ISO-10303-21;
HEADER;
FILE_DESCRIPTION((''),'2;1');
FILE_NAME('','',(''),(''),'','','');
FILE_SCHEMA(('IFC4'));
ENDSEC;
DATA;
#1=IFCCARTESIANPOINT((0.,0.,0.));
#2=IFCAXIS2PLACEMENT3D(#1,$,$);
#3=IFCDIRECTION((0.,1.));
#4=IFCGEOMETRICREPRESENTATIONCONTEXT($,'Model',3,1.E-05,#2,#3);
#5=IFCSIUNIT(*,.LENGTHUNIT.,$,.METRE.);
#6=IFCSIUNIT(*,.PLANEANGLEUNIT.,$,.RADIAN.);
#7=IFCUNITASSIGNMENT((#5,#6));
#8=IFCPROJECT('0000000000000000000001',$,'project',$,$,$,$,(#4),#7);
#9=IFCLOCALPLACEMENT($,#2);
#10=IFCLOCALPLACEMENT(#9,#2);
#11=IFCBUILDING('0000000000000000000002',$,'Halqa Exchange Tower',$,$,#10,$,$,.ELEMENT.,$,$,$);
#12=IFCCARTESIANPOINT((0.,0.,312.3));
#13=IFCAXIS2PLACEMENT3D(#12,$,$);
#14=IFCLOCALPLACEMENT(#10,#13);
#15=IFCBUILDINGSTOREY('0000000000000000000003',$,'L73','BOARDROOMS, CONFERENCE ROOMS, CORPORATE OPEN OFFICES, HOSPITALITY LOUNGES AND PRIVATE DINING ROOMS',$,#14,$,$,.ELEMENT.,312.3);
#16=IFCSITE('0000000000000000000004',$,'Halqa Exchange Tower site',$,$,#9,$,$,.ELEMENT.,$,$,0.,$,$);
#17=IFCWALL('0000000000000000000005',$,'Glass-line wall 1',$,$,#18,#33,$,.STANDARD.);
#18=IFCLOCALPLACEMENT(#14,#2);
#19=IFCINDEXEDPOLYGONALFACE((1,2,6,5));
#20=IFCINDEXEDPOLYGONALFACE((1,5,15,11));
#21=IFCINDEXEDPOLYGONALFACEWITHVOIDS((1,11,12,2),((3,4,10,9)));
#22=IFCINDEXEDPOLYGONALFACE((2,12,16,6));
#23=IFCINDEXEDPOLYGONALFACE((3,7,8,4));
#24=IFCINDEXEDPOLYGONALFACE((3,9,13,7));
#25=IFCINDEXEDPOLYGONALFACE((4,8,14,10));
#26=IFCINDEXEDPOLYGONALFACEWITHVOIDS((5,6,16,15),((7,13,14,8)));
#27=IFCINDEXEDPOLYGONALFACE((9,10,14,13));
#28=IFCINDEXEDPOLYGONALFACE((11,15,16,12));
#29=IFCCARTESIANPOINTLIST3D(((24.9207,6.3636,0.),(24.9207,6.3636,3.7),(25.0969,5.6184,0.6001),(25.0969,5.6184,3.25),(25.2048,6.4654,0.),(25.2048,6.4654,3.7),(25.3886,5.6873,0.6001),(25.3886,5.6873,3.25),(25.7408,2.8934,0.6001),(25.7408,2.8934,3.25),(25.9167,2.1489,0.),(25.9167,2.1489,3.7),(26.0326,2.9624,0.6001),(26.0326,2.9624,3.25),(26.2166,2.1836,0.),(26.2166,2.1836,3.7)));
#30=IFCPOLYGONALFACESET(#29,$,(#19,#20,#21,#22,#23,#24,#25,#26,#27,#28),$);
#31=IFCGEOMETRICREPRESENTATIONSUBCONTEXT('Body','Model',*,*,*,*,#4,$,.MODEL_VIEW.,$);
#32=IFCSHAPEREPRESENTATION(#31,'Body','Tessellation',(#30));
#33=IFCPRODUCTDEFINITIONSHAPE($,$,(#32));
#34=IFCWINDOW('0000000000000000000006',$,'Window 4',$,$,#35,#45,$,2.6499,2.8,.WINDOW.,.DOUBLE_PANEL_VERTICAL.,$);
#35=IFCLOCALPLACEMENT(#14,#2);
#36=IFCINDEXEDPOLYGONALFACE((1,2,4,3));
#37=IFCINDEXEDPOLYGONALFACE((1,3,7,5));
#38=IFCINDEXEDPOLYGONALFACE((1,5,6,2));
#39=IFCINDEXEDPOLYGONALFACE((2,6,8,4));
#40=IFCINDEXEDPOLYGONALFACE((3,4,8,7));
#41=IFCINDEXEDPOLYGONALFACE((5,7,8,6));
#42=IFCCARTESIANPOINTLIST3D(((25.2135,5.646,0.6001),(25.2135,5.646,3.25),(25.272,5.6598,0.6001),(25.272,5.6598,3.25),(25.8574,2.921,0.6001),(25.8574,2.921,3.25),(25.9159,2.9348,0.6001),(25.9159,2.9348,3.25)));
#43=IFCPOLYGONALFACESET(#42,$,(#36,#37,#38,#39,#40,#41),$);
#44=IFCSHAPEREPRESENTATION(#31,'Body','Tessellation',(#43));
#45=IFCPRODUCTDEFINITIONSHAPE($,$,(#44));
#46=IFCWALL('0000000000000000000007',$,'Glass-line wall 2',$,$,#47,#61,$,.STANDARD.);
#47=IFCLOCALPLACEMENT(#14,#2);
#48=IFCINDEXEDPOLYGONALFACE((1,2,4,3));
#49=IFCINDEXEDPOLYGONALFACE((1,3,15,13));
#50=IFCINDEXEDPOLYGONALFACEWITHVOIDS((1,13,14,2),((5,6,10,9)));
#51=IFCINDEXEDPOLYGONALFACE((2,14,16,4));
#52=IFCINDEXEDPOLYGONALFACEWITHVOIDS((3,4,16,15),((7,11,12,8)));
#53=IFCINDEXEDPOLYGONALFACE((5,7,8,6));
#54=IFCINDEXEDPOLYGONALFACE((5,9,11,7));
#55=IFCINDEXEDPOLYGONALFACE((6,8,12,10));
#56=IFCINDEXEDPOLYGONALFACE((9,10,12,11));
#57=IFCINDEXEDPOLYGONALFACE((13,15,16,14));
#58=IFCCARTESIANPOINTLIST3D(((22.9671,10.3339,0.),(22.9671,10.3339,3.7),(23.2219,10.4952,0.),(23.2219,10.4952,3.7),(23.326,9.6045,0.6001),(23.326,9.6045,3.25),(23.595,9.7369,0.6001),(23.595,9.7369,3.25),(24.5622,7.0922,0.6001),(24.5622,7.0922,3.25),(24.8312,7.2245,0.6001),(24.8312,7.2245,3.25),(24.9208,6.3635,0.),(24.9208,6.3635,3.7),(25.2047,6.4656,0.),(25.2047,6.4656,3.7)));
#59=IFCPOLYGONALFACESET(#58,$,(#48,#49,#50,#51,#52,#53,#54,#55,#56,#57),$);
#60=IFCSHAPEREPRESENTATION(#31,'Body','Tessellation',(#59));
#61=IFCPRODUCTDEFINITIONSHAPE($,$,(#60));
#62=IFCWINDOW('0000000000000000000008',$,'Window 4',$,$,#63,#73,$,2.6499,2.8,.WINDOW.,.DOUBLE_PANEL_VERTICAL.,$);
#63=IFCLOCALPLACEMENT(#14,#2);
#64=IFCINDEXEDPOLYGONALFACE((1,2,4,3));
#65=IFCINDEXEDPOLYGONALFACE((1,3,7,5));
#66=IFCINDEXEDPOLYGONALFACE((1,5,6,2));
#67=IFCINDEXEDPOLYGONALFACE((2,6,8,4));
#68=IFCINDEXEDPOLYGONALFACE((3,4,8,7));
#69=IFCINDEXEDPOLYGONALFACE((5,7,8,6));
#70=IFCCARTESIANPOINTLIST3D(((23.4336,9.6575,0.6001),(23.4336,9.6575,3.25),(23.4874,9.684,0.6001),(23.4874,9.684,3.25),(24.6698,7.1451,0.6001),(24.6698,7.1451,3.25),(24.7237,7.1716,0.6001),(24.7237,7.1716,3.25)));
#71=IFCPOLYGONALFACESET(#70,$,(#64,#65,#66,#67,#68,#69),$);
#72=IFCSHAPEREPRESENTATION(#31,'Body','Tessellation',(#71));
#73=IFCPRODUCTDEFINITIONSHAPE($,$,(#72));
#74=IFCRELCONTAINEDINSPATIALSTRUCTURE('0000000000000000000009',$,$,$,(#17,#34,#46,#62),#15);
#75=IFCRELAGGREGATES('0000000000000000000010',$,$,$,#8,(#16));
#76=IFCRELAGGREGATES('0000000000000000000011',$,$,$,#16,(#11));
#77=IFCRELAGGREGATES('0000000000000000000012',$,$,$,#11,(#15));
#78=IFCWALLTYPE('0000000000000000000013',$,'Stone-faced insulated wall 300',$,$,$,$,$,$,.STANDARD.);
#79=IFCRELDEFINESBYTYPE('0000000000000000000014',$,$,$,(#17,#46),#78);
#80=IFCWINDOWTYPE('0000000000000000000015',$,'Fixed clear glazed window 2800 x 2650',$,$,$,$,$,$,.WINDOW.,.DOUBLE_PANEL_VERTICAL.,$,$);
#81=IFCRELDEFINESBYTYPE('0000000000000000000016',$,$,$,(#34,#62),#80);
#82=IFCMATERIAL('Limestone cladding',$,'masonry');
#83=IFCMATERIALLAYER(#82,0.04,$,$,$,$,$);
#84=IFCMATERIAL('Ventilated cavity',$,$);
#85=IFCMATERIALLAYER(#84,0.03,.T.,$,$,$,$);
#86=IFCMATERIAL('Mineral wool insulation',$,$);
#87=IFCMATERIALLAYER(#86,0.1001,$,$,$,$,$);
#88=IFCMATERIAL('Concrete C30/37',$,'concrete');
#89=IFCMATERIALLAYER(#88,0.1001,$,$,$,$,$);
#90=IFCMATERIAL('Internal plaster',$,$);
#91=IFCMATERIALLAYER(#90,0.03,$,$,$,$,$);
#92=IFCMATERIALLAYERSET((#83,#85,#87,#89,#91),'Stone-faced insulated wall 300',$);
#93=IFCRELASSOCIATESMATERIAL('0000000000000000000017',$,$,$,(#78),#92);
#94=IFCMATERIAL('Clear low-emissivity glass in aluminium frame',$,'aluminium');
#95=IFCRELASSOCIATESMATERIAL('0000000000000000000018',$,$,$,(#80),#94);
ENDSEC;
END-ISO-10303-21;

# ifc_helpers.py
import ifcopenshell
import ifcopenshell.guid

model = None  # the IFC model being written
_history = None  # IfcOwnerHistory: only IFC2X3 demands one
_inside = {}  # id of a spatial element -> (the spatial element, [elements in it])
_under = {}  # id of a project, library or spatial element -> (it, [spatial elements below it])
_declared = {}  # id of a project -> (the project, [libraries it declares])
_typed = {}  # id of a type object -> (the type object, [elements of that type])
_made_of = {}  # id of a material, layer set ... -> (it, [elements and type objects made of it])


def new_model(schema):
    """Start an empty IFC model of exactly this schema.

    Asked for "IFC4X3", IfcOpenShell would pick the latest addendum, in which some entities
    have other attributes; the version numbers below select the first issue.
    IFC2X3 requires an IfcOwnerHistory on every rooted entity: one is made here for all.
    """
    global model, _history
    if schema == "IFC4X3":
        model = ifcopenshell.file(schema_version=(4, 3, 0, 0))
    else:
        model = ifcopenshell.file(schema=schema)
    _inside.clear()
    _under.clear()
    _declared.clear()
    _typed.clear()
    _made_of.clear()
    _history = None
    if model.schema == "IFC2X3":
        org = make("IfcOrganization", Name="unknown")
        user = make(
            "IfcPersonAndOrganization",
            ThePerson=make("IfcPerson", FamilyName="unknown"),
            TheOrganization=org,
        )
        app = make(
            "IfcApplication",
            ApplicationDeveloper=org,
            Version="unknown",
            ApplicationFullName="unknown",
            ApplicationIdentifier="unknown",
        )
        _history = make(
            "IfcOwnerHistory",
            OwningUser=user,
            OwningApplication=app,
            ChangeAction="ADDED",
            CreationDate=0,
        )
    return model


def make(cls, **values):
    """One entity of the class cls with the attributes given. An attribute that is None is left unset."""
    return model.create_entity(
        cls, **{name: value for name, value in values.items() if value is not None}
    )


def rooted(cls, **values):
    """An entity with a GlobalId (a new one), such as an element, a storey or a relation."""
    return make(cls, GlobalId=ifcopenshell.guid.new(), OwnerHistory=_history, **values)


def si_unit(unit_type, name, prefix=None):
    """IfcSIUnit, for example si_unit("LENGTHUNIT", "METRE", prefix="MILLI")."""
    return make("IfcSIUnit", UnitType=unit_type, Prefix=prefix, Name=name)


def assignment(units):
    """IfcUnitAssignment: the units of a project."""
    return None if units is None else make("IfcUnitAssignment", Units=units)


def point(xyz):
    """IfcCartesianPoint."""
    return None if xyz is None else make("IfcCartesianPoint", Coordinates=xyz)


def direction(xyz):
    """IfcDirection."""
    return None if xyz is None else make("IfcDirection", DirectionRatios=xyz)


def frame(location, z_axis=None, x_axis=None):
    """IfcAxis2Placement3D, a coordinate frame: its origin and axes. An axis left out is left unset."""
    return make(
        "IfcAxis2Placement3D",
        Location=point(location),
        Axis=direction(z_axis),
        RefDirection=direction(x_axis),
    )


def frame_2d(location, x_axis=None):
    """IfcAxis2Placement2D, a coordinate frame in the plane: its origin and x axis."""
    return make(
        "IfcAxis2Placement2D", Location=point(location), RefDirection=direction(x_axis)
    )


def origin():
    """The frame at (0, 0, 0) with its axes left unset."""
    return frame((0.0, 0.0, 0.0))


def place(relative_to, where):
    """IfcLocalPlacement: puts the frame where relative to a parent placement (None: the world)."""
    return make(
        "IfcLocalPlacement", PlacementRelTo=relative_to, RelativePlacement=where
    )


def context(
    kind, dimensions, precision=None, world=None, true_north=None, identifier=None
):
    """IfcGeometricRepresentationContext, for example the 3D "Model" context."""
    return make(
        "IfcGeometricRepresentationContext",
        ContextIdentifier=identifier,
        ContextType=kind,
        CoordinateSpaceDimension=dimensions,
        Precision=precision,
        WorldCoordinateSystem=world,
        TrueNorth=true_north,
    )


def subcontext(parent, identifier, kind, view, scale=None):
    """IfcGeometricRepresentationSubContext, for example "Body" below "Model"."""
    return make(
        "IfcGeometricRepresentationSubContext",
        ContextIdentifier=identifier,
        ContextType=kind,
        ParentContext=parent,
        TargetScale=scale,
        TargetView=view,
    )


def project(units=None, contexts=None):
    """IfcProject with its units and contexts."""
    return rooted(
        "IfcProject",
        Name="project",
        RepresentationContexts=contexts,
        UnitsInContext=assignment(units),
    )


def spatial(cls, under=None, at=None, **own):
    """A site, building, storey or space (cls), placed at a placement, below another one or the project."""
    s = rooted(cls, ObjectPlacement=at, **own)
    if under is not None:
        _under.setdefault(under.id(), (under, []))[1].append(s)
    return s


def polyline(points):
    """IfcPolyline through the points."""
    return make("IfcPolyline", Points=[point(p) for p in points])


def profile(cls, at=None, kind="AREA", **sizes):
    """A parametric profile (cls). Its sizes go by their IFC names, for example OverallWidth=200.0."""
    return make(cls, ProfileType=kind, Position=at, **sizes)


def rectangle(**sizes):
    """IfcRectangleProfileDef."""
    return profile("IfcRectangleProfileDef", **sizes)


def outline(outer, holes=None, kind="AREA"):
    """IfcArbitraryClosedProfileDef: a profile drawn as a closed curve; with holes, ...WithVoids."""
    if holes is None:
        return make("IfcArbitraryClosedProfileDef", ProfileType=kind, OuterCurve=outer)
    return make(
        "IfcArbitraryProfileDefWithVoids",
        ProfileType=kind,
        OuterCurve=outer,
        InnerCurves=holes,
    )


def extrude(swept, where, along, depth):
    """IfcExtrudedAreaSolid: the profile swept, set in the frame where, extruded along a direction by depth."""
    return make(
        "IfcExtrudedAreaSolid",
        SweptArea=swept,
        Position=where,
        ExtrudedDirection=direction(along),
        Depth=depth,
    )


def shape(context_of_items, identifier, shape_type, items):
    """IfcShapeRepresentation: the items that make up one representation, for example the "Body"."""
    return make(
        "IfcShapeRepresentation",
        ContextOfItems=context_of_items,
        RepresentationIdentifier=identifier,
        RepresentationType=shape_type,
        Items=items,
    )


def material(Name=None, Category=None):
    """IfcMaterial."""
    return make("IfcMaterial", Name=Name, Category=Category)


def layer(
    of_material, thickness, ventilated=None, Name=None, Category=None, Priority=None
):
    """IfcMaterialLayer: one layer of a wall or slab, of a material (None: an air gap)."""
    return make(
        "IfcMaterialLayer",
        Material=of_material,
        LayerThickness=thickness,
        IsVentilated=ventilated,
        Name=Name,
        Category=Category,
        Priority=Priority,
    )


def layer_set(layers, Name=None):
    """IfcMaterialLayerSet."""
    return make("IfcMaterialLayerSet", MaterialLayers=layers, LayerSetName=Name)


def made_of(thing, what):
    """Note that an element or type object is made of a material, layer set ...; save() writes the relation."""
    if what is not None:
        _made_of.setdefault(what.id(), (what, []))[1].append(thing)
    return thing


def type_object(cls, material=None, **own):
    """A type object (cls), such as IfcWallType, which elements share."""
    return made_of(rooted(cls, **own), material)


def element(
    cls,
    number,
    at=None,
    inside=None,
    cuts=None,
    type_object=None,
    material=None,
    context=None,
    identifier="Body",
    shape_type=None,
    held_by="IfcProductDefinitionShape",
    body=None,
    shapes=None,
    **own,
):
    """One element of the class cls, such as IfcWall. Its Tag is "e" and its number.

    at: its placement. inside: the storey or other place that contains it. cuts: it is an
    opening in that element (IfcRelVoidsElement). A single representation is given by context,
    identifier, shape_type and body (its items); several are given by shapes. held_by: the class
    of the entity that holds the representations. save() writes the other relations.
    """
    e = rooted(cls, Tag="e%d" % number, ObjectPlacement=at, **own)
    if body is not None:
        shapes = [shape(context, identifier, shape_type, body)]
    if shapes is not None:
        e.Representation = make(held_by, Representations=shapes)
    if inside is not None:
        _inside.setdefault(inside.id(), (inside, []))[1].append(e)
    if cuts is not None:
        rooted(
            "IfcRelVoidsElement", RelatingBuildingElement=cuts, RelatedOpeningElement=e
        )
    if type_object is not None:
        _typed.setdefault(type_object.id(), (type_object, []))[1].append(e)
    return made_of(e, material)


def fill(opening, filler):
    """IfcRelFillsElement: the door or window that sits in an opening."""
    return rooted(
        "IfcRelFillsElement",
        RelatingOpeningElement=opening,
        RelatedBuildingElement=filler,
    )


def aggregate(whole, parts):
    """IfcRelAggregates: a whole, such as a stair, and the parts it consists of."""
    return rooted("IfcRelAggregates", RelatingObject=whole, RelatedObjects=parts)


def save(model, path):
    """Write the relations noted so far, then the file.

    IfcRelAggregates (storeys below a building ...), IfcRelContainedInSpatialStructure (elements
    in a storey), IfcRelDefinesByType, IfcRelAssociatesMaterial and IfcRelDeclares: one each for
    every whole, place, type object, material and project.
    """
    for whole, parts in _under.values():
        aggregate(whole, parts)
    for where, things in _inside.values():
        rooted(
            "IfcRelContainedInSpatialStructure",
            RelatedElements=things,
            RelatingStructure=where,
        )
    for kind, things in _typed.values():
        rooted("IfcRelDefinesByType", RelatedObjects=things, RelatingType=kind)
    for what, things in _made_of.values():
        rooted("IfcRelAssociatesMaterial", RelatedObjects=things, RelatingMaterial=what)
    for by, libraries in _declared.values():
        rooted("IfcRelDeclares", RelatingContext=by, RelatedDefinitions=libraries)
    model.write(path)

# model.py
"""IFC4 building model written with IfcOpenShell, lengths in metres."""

from ifc_helpers import new_model, si_unit, direction, frame, frame_2d, origin, place, context, subcontext, project, spatial, polyline, rectangle, outline, extrude, material, layer, layer_set, type_object, element, fill, save


model = new_model("IFC4")

# Units and contexts
model_context = context("Model", 3, precision=1e-05, world=origin(), true_north=direction((0.0, 1.0)))
body_context = subcontext(model_context, "Body", "Model", "MODEL_VIEW")
ifc_project = project(units=[si_unit("LENGTHUNIT", "METRE"), si_unit("PLANEANGLEUNIT", "RADIAN")], contexts=[model_context])

# Site, building, storey
site_placement = place(None, origin())
site = spatial("IfcSite", under=ifc_project, at=site_placement, Name="Halqa Exchange Tower site", CompositionType="ELEMENT", RefElevation=0.0)
building_placement = place(site_placement, origin())
building = spatial("IfcBuilding", under=site, at=building_placement, Name="Halqa Exchange Tower", CompositionType="ELEMENT")
storey_placement = place(building_placement, frame((0.0, 0.0, 312.3)))
storey = spatial("IfcBuildingStorey", under=building, at=storey_placement, Name="L73", Description="BOARDROOMS, CONFERENCE ROOMS, CORPORATE OPEN OFFICES, HOSPITALITY LOUNGES AND PRIVATE DINING ROOMS", CompositionType="ELEMENT", Elevation=312.3)

# Walls, openings, windows
ifc_material_1 = material(Name="Limestone cladding", Category="masonry")
ifc_layer_1 = layer(ifc_material_1, 0.04)
ifc_material_2 = material(Name="Ventilated cavity")
ifc_layer_2 = layer(ifc_material_2, 0.03, ventilated=True)
ifc_material_3 = material(Name="Mineral wool insulation")
ifc_layer_3 = layer(ifc_material_3, 0.1001)
ifc_material_4 = material(Name="Concrete C30/37", Category="concrete")
ifc_layer_4 = layer(ifc_material_4, 0.1001)
ifc_material_5 = material(Name="Internal plaster")
ifc_layer_5 = layer(ifc_material_5, 0.03)
ifc_layer_set_1 = layer_set([ifc_layer_1, ifc_layer_2, ifc_layer_3, ifc_layer_4, ifc_layer_5], Name="Stone-faced insulated wall 300")
wall_type_1 = type_object("IfcWallType", Name="Stone-faced insulated wall 300", PredefinedType="STANDARD", material=ifc_layer_set_1)
wall_1_placement = place(storey_placement, frame((26.0667, 2.1663, 0.0), z_axis=(0.0, 0.0, 1.0), x_axis=(-0.229974, 0.973197, 0.0)))
wall_1 = element("IfcWall", 1, at=wall_1_placement, inside=storey, type_object=wall_type_1, Name="Glass-line wall 1", PredefinedType="STANDARD", context=body_context, shape_type="SweptSolid", body=[
    extrude(outline(polyline([(-0.0176, -0.1499), (4.3821, -0.1499), (4.3484, 0.1499), (0.0176, 0.1499), (-0.0176, -0.1499)])), origin(), (0.0, 0.0, 1.0), 3.7),
])
opening_1_placement = place(wall_1_placement, frame((0.7827, 0.0, 0.6001)))
opening_1 = element("IfcOpeningElement", 2, at=opening_1_placement, cuts=wall_1, PredefinedType="OPENING", context=body_context, shape_type="SweptSolid", body=[
    extrude(rectangle(XDim=2.8, YDim=2.6499, at=frame_2d((1.3999, 1.325))), frame((0.0, 0.1621, 0.0), z_axis=(0.0, -1.0, 0.0), x_axis=(1.0, 0.0, 0.0)), (0.0, 0.0, 1.0), 0.324),
])
ifc_material_6 = material(Name="Clear low-emissivity glass in aluminium frame", Category="aluminium")
window_type = type_object("IfcWindowType", Name="Fixed clear glazed window 2800 x 2650", PartitioningType="DOUBLE_PANEL_VERTICAL", PredefinedType="WINDOW", material=ifc_material_6)
window_1_placement = place(opening_1_placement, origin())
window_1 = element("IfcWindow", 3, at=window_1_placement, inside=storey, type_object=window_type, Name="Window 4", OverallHeight=2.6499, OverallWidth=2.8, PartitioningType="DOUBLE_PANEL_VERTICAL", PredefinedType="WINDOW", context=body_context, shape_type="SweptSolid", body=[
    extrude(rectangle(XDim=2.8, YDim=2.6499, at=frame_2d((1.3999, 1.325))), frame((0.0, 0.03, 0.0), z_axis=(0.0, -1.0, 0.0), x_axis=(1.0, 0.0, 0.0)), (0.0, 0.0, 1.0), 0.0601),
])
fill(opening_1, window_1)
wall_2_placement = place(storey_placement, frame((25.0627, 6.4146, 0.0), z_axis=(0.0, 0.0, 1.0), x_axis=(-0.441509, 0.897257, 0.0)))
wall_2 = element("IfcWall", 4, at=wall_2_placement, inside=storey, type_object=wall_type_1, Name="Glass-line wall 2", PredefinedType="STANDARD", context=body_context, shape_type="SweptSolid", body=[
    extrude(outline(polyline([(-0.0168, -0.1499), (4.4741, -0.1499), (4.4419, 0.1499), (0.0168, 0.1499), (-0.0168, -0.1499)])), origin(), (0.0, 0.0, 1.0), 3.7),
])
opening_2_placement = place(wall_2_placement, frame((0.8291, 0.0, 0.6001)))
opening_2 = element("IfcOpeningElement", 5, at=opening_2_placement, cuts=wall_2, PredefinedType="OPENING", context=body_context, shape_type="SweptSolid", body=[
    extrude(rectangle(XDim=2.8, YDim=2.6499, at=frame_2d((1.3999, 1.325))), frame((0.0, 0.1621, 0.0), z_axis=(0.0, -1.0, 0.0), x_axis=(1.0, 0.0, 0.0)), (0.0, 0.0, 1.0), 0.324),
])
window_2_placement = place(opening_2_placement, origin())
window_2 = element("IfcWindow", 6, at=window_2_placement, inside=storey, type_object=window_type, Name="Window 4", OverallHeight=2.6499, OverallWidth=2.8, PartitioningType="DOUBLE_PANEL_VERTICAL", PredefinedType="WINDOW", context=body_context, shape_type="SweptSolid", body=[
    extrude(rectangle(XDim=2.8, YDim=2.6499, at=frame_2d((1.3999, 1.325))), frame((0.0, 0.03, 0.0), z_axis=(0.0, -1.0, 0.0), x_axis=(1.0, 0.0, 0.0)), (0.0, 0.0, 1.0), 0.0601),
])
fill(opening_2, window_2)

save(model, "model.ifc")
